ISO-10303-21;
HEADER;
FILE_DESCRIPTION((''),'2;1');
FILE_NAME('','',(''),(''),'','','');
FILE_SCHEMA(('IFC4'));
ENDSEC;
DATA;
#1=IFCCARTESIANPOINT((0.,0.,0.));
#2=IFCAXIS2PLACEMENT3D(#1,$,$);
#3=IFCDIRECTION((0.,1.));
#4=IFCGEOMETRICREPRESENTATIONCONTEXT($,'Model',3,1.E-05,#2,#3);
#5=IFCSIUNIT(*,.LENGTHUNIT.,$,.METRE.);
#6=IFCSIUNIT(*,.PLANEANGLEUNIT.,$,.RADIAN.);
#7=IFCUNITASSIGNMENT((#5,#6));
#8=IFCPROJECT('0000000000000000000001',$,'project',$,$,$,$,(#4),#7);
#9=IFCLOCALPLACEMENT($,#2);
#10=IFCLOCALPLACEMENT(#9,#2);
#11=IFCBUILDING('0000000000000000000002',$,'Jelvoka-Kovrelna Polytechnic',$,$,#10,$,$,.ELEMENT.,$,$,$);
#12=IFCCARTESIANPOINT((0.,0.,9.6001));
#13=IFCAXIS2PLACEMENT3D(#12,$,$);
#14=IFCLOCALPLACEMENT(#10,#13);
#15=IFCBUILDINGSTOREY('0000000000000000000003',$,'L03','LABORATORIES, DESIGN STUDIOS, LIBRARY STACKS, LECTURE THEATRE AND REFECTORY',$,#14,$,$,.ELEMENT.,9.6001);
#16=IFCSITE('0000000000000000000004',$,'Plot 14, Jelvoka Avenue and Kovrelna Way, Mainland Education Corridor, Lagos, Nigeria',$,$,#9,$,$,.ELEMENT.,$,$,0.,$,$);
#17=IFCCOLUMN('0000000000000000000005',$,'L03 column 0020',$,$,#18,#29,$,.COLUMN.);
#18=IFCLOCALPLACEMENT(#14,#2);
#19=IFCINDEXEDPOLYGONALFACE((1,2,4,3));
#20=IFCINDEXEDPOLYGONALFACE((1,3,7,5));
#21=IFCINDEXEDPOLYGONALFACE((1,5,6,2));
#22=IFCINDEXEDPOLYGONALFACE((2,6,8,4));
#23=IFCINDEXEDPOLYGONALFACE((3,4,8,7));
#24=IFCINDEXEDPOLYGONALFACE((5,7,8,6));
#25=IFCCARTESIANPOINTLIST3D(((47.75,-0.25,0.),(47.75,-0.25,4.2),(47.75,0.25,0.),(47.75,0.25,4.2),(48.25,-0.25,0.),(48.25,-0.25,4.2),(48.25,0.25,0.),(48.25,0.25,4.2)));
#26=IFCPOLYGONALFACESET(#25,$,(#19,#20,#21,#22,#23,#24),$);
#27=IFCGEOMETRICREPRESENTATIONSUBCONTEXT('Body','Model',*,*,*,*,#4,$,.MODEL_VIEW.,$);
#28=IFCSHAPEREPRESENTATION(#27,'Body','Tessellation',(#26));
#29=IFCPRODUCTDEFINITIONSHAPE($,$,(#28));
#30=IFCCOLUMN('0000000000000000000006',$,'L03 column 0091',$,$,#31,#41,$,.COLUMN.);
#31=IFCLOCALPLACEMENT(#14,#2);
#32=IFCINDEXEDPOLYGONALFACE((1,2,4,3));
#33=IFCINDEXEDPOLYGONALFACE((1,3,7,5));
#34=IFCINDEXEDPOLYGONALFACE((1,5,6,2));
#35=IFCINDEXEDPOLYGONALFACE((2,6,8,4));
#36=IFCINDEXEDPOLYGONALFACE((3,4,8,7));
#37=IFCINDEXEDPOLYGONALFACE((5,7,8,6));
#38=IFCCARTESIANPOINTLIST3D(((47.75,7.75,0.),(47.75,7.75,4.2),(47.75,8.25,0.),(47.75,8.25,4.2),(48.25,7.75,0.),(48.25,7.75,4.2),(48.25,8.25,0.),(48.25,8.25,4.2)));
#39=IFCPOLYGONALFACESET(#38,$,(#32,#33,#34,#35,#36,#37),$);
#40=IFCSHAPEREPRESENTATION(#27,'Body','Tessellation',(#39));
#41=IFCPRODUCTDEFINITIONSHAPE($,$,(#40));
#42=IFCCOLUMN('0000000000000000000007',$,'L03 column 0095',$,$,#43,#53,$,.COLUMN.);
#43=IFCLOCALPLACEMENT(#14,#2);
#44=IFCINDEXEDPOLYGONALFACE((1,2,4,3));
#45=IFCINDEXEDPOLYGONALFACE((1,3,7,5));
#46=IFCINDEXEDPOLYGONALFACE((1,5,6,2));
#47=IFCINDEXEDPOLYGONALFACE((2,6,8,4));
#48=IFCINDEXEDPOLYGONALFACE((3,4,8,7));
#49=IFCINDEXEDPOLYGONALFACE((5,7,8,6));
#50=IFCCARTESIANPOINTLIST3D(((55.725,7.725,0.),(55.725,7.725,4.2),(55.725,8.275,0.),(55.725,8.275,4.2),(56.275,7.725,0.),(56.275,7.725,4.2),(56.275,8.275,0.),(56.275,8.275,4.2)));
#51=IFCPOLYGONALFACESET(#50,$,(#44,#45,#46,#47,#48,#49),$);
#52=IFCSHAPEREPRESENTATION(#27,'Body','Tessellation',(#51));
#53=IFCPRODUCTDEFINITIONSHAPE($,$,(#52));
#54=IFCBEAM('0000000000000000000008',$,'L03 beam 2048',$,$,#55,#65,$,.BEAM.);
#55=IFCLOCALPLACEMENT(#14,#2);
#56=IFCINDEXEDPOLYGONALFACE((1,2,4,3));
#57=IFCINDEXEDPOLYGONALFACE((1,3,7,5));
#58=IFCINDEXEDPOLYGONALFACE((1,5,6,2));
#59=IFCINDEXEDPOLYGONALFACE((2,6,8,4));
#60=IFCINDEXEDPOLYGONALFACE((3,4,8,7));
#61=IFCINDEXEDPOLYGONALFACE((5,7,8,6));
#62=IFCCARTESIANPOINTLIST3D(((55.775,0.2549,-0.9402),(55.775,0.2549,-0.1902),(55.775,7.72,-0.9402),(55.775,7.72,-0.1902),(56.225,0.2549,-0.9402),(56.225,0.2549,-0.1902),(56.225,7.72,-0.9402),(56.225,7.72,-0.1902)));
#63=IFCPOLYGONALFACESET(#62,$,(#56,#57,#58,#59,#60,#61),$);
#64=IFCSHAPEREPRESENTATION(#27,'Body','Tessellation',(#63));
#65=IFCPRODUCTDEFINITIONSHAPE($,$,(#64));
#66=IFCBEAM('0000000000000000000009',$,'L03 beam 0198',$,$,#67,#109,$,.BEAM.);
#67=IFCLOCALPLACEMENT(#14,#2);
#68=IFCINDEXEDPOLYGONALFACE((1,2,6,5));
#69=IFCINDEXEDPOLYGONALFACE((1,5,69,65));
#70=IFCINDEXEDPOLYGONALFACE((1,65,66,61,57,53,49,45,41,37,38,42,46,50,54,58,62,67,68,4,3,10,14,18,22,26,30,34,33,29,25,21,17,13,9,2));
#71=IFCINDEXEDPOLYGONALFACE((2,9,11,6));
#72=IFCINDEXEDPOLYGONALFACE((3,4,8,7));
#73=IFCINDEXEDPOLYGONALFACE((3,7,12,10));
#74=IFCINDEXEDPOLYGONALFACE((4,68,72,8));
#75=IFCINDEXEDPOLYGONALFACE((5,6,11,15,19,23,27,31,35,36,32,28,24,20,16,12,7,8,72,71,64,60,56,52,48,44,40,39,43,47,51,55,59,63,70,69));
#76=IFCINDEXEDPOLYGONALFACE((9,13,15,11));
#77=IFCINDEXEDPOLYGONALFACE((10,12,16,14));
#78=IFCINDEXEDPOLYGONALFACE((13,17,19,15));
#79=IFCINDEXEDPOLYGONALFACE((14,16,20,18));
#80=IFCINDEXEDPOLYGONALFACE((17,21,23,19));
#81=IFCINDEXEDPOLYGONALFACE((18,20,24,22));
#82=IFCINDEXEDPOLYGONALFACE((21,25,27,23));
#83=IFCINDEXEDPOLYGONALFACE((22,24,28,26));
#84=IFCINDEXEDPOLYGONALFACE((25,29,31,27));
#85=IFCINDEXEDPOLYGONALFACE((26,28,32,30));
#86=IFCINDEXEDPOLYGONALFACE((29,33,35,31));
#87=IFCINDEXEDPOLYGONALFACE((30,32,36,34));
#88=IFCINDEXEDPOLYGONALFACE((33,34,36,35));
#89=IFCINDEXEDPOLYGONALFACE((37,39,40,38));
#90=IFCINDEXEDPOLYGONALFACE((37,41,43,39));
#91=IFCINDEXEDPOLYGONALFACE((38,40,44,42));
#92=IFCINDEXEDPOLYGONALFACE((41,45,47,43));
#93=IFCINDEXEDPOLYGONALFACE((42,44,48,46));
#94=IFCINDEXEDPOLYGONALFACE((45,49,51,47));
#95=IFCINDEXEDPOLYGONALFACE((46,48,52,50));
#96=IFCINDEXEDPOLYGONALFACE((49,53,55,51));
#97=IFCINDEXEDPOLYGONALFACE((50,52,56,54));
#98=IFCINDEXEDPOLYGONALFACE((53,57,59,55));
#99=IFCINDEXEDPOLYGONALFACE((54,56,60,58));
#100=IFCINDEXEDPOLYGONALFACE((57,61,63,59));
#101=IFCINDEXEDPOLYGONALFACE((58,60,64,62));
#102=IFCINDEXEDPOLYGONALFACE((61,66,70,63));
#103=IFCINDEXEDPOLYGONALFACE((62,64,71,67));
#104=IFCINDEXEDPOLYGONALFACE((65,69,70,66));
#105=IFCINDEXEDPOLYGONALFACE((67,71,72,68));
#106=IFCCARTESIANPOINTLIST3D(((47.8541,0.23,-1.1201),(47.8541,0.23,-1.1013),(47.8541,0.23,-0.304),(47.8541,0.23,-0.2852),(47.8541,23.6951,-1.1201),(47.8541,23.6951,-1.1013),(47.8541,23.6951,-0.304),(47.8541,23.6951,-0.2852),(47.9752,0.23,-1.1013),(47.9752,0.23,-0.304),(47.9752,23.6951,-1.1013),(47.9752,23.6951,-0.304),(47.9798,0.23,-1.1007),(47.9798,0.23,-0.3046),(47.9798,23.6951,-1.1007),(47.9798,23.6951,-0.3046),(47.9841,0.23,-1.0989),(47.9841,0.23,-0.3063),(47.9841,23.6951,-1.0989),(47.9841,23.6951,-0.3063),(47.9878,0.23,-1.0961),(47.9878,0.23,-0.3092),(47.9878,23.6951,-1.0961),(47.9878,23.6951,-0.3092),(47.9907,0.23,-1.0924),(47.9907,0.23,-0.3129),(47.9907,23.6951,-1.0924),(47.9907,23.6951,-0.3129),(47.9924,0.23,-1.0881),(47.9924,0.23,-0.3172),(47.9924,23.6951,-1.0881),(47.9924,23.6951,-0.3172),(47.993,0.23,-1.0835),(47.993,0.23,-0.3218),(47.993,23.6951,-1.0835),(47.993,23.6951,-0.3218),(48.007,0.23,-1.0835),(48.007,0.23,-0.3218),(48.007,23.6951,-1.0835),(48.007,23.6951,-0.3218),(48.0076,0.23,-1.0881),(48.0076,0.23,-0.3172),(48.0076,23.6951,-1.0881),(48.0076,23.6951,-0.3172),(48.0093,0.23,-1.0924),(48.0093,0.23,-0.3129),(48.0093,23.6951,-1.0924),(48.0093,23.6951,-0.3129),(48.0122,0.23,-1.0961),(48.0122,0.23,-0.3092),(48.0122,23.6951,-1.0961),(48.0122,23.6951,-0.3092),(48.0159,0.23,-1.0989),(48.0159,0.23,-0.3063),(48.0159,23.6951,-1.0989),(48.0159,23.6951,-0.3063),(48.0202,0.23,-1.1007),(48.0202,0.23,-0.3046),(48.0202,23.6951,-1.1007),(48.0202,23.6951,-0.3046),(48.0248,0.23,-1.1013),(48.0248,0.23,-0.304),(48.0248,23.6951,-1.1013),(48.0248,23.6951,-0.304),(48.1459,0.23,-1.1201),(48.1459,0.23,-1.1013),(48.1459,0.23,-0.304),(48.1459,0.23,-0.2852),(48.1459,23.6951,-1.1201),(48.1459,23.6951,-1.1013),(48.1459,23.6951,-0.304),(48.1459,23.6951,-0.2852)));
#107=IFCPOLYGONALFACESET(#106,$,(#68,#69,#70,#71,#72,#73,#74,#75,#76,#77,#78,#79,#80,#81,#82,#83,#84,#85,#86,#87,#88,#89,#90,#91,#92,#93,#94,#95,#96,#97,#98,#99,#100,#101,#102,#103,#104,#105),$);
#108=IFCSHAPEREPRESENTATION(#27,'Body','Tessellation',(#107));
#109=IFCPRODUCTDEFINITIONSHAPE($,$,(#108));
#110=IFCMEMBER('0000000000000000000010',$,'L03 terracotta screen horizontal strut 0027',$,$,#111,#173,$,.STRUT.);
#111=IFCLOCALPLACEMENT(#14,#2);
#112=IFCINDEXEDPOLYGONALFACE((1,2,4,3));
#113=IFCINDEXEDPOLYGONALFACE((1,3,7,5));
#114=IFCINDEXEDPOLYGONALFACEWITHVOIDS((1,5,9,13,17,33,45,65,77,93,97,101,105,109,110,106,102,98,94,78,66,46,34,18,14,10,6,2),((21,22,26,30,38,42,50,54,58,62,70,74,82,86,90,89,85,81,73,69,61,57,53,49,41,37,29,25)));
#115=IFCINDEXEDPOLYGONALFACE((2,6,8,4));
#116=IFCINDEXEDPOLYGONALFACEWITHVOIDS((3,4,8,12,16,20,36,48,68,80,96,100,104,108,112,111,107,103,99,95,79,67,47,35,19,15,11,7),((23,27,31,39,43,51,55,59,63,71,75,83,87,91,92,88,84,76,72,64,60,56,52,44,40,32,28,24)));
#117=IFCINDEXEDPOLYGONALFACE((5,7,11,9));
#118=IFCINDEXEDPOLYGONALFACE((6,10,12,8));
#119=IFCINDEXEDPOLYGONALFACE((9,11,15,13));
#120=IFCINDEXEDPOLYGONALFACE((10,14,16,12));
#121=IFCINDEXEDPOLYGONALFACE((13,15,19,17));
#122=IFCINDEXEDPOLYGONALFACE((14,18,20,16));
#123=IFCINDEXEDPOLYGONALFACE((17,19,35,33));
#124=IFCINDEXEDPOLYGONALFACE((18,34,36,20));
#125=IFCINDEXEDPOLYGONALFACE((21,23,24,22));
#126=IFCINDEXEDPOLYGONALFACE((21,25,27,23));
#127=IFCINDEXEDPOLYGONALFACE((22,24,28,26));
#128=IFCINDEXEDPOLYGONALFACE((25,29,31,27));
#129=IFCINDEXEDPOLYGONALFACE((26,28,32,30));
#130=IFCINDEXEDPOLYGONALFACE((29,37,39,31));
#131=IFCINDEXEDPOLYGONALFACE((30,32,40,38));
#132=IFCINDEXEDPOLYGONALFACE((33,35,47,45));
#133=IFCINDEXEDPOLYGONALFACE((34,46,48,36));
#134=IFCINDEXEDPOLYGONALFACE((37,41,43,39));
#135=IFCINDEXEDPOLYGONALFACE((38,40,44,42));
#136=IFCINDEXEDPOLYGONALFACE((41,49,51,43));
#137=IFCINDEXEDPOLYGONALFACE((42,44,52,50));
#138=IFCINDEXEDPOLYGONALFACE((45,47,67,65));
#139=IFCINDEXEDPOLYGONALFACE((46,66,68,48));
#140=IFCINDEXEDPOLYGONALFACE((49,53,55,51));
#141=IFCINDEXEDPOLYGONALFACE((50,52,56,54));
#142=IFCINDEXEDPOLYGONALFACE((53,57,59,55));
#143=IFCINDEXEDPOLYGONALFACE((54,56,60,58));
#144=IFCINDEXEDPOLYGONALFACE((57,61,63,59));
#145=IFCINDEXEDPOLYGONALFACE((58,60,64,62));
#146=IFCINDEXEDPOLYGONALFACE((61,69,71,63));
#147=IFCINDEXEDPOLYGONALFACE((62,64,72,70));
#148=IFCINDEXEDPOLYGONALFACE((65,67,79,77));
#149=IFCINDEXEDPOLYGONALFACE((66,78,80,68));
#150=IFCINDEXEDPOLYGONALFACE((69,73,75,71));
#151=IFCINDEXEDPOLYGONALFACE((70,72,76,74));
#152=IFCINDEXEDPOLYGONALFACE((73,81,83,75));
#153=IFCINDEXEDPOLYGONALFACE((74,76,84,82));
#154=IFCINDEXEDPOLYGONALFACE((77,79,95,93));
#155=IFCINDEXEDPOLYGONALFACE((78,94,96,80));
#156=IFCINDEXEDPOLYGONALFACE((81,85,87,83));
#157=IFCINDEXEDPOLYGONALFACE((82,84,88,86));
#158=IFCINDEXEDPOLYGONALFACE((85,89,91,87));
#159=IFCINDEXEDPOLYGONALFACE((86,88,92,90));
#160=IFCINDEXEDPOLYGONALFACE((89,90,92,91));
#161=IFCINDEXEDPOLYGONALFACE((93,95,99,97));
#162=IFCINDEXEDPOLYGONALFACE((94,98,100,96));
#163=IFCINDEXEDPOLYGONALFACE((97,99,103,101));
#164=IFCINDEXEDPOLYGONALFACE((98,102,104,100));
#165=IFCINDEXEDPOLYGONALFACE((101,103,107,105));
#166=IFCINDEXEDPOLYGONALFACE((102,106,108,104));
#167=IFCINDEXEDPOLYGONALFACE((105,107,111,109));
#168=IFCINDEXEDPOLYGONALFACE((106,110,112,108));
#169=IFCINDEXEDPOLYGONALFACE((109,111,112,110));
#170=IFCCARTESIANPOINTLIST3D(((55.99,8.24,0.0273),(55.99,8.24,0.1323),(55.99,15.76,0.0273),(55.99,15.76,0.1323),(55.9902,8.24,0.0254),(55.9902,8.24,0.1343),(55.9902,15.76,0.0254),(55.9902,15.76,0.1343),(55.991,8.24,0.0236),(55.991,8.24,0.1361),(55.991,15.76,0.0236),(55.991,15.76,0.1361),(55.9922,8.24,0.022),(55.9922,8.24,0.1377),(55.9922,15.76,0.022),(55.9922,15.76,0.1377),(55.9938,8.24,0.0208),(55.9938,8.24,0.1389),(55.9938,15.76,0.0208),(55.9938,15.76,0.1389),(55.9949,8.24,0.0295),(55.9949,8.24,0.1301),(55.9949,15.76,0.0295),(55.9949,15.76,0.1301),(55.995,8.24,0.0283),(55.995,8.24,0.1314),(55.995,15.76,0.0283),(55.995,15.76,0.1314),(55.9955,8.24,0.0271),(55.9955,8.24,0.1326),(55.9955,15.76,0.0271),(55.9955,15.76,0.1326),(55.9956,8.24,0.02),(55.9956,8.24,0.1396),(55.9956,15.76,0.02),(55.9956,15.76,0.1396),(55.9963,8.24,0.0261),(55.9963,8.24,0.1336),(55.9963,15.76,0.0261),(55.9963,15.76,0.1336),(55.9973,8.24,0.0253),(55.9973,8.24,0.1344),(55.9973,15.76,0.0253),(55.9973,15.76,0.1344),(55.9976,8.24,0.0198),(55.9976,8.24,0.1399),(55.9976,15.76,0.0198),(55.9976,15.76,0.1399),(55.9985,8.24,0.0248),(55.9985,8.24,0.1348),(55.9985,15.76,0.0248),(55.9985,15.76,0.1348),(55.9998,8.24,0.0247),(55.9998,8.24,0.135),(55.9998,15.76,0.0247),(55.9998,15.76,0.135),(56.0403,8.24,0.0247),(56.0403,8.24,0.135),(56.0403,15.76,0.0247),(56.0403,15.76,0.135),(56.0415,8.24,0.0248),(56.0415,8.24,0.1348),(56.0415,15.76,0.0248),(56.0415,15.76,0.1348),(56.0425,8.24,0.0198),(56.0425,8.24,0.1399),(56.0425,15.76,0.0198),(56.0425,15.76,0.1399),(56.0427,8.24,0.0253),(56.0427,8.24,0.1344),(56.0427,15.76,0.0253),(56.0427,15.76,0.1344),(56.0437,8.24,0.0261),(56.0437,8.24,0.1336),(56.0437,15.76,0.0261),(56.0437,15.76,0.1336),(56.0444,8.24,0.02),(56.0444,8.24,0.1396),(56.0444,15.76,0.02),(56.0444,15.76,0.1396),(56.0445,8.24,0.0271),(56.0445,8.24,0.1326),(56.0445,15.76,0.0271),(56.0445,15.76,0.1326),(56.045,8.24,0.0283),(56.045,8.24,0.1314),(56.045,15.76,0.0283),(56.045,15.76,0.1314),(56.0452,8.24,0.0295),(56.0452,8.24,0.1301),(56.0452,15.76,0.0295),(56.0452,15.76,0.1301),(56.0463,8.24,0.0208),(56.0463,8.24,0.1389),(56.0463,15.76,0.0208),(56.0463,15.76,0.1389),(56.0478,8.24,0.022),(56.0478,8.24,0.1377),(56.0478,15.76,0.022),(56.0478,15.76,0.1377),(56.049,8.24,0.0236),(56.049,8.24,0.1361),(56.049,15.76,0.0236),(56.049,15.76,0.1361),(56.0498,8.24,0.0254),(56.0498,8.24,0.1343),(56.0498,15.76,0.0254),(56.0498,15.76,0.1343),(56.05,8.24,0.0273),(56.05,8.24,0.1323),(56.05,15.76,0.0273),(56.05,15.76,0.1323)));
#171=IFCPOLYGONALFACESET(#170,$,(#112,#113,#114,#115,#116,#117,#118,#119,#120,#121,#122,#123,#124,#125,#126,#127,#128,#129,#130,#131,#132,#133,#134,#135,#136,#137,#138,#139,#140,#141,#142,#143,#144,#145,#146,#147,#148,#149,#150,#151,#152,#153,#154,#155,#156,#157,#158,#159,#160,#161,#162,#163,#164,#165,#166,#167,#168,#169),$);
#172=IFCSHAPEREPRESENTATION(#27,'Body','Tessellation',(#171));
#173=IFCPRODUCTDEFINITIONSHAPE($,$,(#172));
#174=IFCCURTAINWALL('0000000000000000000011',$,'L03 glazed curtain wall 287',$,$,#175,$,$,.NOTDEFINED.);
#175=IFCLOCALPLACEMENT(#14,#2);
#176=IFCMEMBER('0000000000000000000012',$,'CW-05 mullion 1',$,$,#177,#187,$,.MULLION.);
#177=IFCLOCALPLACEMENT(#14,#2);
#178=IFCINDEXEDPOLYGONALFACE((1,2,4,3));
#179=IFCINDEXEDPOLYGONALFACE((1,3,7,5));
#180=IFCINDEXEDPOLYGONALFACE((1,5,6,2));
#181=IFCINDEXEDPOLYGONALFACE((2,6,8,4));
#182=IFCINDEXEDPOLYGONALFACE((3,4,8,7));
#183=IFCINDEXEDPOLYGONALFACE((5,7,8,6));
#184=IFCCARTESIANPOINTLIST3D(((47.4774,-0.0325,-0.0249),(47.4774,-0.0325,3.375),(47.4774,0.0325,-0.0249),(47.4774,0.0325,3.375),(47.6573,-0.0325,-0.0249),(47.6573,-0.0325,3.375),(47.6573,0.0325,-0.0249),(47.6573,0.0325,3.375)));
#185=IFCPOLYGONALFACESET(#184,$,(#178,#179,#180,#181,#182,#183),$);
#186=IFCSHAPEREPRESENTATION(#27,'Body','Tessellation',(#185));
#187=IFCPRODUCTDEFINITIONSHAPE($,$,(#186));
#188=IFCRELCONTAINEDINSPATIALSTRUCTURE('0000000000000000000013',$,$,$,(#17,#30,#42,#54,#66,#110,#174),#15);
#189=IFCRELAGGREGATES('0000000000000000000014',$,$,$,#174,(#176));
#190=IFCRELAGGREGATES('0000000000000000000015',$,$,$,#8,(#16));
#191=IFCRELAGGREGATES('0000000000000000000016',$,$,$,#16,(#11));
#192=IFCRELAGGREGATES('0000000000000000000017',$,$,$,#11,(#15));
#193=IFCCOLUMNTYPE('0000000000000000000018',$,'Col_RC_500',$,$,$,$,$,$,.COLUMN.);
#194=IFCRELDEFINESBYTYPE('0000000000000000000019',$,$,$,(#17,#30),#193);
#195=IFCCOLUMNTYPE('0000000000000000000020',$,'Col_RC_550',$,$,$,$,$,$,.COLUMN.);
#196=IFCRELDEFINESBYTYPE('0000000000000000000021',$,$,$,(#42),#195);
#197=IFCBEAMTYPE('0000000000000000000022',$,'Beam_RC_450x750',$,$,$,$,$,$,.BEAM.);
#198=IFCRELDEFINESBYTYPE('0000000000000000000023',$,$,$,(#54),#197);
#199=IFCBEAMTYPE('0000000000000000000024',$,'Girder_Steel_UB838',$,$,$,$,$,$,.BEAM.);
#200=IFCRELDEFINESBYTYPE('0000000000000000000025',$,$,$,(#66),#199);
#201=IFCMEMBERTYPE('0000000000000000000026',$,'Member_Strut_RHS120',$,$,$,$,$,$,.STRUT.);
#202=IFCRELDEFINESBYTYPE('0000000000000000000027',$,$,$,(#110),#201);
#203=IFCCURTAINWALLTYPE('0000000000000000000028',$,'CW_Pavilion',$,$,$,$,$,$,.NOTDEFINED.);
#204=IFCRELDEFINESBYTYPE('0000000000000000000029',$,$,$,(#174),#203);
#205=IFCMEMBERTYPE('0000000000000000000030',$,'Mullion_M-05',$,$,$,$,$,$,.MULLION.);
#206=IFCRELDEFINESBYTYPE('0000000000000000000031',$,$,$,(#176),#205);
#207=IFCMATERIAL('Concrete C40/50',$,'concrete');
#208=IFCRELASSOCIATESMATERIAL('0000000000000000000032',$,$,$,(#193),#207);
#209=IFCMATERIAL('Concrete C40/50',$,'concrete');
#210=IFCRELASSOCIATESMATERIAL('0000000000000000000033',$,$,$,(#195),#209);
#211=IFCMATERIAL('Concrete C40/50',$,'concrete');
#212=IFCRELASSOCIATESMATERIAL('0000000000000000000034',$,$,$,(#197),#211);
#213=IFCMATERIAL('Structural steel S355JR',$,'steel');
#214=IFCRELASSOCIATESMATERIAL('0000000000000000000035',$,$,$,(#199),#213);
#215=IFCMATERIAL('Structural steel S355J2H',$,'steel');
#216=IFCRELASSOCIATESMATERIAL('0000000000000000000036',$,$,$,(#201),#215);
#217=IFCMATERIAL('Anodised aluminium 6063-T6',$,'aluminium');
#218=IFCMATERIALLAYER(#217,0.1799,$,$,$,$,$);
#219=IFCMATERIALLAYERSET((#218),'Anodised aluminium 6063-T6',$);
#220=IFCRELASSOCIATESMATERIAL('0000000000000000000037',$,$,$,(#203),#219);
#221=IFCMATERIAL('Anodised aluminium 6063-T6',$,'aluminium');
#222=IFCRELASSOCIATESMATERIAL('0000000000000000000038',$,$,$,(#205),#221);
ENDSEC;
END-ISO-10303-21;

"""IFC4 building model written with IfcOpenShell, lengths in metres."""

from ifc_helpers import new_model, si_unit, direction, frame, origin, origin_2d, place, context, subcontext, project, spatial, rectangle, hollow_rectangle, i_section, extrude, material, layer, layer_set, material_profile, profile_set, type_object, element, aggregate, save


model = new_model("IFC4")

# Units and contexts
model_context = context("Model", 3, precision=1e-05, world=origin(), true_north=direction((0.0, 1.0)))
body_context = subcontext(model_context, "Body", "Model", "MODEL_VIEW")
ifc_project = project(units=[si_unit("LENGTHUNIT", "METRE"), si_unit("PLANEANGLEUNIT", "RADIAN")], contexts=[model_context])

# Site, building, storey
site_placement = place(None, origin())
site = spatial("IfcSite", under=ifc_project, at=site_placement, Name="Plot 14, Jelvoka Avenue and Kovrelna Way, Mainland Education Corridor, Lagos, Nigeria", CompositionType="ELEMENT", RefElevation=0.0)
building_placement = place(site_placement, origin())
building = spatial("IfcBuilding", under=site, at=building_placement, Name="Jelvoka-Kovrelna Polytechnic", CompositionType="ELEMENT")
storey_placement = place(building_placement, frame((0.0, 0.0, 9.6001)))
storey = spatial("IfcBuildingStorey", under=building, at=storey_placement, Name="L03", Description="LABORATORIES, DESIGN STUDIOS, LIBRARY STACKS, LECTURE THEATRE AND REFECTORY", CompositionType="ELEMENT", Elevation=9.6001)

# Columns
ifc_material_1 = material(Name="Concrete C40/50", Category="concrete")
ifc_material_profile_1 = material_profile(ifc_material_1, rectangle(XDim=0.5, YDim=0.5, at=origin_2d()), Name="RC 500x500")
ifc_profile_set_1 = profile_set([ifc_material_profile_1], Name="Concrete C40/50")
column_type_1 = type_object("IfcColumnType", Name="Col_RC_500", PredefinedType="COLUMN", material=ifc_profile_set_1)
for number, where, z_axis, x_axis, name in (
    (1, (48.0, 0.0, 0.0), (0.0, 0.0, 1.0), (0.0, 1.0, 0.0), "L03 column 0020"),
    (2, (48.0, 8.0, 0.0), (0.0, 0.0, 1.0), (0.0, 1.0, 0.0), "L03 column 0091"),
):
    element("IfcColumn", number, at=place(storey_placement, frame(where, z_axis=z_axis, x_axis=x_axis)), inside=storey, type_object=column_type_1, Name=name, PredefinedType="COLUMN", context=body_context, shape_type="SweptSolid", body=[
        extrude(rectangle(XDim=0.5, YDim=0.5, at=origin_2d()), origin(), (0.0, 0.0, 1.0), 4.2),
    ])
ifc_material_2 = material(Name="Concrete C40/50", Category="concrete")
ifc_material_profile_2 = material_profile(ifc_material_2, rectangle(XDim=0.55, YDim=0.55, at=origin_2d()), Name="RC 550x550")
ifc_profile_set_2 = profile_set([ifc_material_profile_2], Name="Concrete C40/50")
column_type_2 = type_object("IfcColumnType", Name="Col_RC_550", PredefinedType="COLUMN", material=ifc_profile_set_2)
column_placement = place(storey_placement, frame((56.0, 8.0, 0.0), z_axis=(0.0, 0.0, 1.0), x_axis=(1.0, 0.0, 0.0)))
element("IfcColumn", 3, at=column_placement, inside=storey, type_object=column_type_2, Name="L03 column 0095", PredefinedType="COLUMN", context=body_context, shape_type="SweptSolid", body=[
    extrude(rectangle(XDim=0.55, YDim=0.55, at=origin_2d()), origin(), (0.0, 0.0, 1.0), 4.2),
])

# Beams
ifc_material_3 = material(Name="Concrete C40/50", Category="concrete")
ifc_material_profile_3 = material_profile(ifc_material_3, rectangle(XDim=0.45, YDim=0.75, at=origin_2d()), Name="RC 450x750")
ifc_profile_set_3 = profile_set([ifc_material_profile_3], Name="Concrete C40/50")
beam_type_1 = type_object("IfcBeamType", Name="Beam_RC_450x750", PredefinedType="BEAM", material=ifc_profile_set_3)
beam_1_placement = place(storey_placement, frame((56.0, 0.2549, -0.5652), z_axis=(0.0, 1.0, 0.0), x_axis=(-1.0, 0.0, 0.0)))
element("IfcBeam", 4, at=beam_1_placement, inside=storey, type_object=beam_type_1, Name="L03 beam 2048", PredefinedType="BEAM", context=body_context, shape_type="SweptSolid", body=[
    extrude(rectangle(XDim=0.45, YDim=0.75, at=origin_2d()), origin(), (0.0, 0.0, 1.0), 7.4651),
])
ifc_material_4 = material(Name="Structural steel S355JR", Category="steel")
ifc_material_profile_4 = material_profile(ifc_material_4, i_section(OverallWidth=0.2917, OverallDepth=0.835, WebThickness=0.0139, FlangeThickness=0.0188, FilletRadius=0.0178, at=origin_2d()), Name="838x292x176 UB")
ifc_profile_set_4 = profile_set([ifc_material_profile_4], Name="Structural steel S355JR")
beam_type_2 = type_object("IfcBeamType", Name="Girder_Steel_UB838", PredefinedType="BEAM", material=ifc_profile_set_4)
beam_2_placement = place(storey_placement, frame((48.0, 0.23, -0.7026), z_axis=(0.0, 1.0, 0.0), x_axis=(-1.0, 0.0, 0.0)))
element("IfcBeam", 5, at=beam_2_placement, inside=storey, type_object=beam_type_2, Name="L03 beam 0198", PredefinedType="BEAM", context=body_context, shape_type="SweptSolid", body=[
    extrude(i_section(OverallWidth=0.2917, OverallDepth=0.835, WebThickness=0.0139, FlangeThickness=0.0188, FilletRadius=0.0178, at=origin_2d()), origin(), (0.0, 0.0, 1.0), 23.4651),
])

# Member
ifc_material_5 = material(Name="Structural steel S355J2H", Category="steel")
ifc_material_profile_5 = material_profile(ifc_material_5, hollow_rectangle(XDim=0.0601, YDim=0.1201, WallThickness=0.0049, InnerFilletRadius=0.0049, OuterFilletRadius=0.0076, at=origin_2d()), Name="120x60x5.0 RHS")
ifc_profile_set_5 = profile_set([ifc_material_profile_5], Name="Structural steel S355J2H")
member_type_1 = type_object("IfcMemberType", Name="Member_Strut_RHS120", PredefinedType="STRUT", material=ifc_profile_set_5)
member_1_placement = place(storey_placement, frame((56.02, 8.24, 0.0798), z_axis=(0.0, 1.0, 0.0), x_axis=(-1.0, 0.0, 0.0)))
element("IfcMember", 6, at=member_1_placement, inside=storey, type_object=member_type_1, Name="L03 terracotta screen horizontal strut 0027", PredefinedType="STRUT", context=body_context, shape_type="SweptSolid", body=[
    extrude(hollow_rectangle(XDim=0.0601, YDim=0.1201, WallThickness=0.0049, InnerFilletRadius=0.0049, OuterFilletRadius=0.0076, at=origin_2d()), origin(), (0.0, 0.0, 1.0), 7.52),
])

# Curtain wall, member
ifc_material_6 = material(Name="Anodised aluminium 6063-T6", Category="aluminium")
ifc_layer_1 = layer(ifc_material_6, 0.1799)
ifc_layer_set_1 = layer_set([ifc_layer_1], Name="Anodised aluminium 6063-T6")
curtain_wall_type = type_object("IfcCurtainWallType", Name="CW_Pavilion", PredefinedType="NOTDEFINED", material=ifc_layer_set_1)
curtain_wall_1_placement = place(storey_placement, origin())
curtain_wall_1 = element("IfcCurtainWall", 7, at=curtain_wall_1_placement, inside=storey, type_object=curtain_wall_type, Name="L03 glazed curtain wall 287", PredefinedType="NOTDEFINED")
ifc_material_7 = material(Name="Anodised aluminium 6063-T6", Category="aluminium")
ifc_material_profile_6 = material_profile(ifc_material_7, rectangle(XDim=0.0649, YDim=0.1799, at=origin_2d()), Name="ALU 65x180")
ifc_profile_set_6 = profile_set([ifc_material_profile_6], Name="Anodised aluminium 6063-T6")
member_type_2 = type_object("IfcMemberType", Name="Mullion_M-05", PredefinedType="MULLION", material=ifc_profile_set_6)
member_2_placement = place(storey_placement, frame((47.5674, 0.0, -0.0249), z_axis=(0.0, 0.0, 1.0), x_axis=(0.0, -1.0, 0.0)))
member_2 = element("IfcMember", 8, at=member_2_placement, type_object=member_type_2, Name="CW-05 mullion 1", PredefinedType="MULLION", context=body_context, shape_type="SweptSolid", body=[
    extrude(rectangle(XDim=0.0649, YDim=0.1799, at=origin_2d()), origin(), (0.0, 0.0, 1.0), 3.3999),
])
aggregate(curtain_wall_1, [member_2])

save(model, "model.ifc")
